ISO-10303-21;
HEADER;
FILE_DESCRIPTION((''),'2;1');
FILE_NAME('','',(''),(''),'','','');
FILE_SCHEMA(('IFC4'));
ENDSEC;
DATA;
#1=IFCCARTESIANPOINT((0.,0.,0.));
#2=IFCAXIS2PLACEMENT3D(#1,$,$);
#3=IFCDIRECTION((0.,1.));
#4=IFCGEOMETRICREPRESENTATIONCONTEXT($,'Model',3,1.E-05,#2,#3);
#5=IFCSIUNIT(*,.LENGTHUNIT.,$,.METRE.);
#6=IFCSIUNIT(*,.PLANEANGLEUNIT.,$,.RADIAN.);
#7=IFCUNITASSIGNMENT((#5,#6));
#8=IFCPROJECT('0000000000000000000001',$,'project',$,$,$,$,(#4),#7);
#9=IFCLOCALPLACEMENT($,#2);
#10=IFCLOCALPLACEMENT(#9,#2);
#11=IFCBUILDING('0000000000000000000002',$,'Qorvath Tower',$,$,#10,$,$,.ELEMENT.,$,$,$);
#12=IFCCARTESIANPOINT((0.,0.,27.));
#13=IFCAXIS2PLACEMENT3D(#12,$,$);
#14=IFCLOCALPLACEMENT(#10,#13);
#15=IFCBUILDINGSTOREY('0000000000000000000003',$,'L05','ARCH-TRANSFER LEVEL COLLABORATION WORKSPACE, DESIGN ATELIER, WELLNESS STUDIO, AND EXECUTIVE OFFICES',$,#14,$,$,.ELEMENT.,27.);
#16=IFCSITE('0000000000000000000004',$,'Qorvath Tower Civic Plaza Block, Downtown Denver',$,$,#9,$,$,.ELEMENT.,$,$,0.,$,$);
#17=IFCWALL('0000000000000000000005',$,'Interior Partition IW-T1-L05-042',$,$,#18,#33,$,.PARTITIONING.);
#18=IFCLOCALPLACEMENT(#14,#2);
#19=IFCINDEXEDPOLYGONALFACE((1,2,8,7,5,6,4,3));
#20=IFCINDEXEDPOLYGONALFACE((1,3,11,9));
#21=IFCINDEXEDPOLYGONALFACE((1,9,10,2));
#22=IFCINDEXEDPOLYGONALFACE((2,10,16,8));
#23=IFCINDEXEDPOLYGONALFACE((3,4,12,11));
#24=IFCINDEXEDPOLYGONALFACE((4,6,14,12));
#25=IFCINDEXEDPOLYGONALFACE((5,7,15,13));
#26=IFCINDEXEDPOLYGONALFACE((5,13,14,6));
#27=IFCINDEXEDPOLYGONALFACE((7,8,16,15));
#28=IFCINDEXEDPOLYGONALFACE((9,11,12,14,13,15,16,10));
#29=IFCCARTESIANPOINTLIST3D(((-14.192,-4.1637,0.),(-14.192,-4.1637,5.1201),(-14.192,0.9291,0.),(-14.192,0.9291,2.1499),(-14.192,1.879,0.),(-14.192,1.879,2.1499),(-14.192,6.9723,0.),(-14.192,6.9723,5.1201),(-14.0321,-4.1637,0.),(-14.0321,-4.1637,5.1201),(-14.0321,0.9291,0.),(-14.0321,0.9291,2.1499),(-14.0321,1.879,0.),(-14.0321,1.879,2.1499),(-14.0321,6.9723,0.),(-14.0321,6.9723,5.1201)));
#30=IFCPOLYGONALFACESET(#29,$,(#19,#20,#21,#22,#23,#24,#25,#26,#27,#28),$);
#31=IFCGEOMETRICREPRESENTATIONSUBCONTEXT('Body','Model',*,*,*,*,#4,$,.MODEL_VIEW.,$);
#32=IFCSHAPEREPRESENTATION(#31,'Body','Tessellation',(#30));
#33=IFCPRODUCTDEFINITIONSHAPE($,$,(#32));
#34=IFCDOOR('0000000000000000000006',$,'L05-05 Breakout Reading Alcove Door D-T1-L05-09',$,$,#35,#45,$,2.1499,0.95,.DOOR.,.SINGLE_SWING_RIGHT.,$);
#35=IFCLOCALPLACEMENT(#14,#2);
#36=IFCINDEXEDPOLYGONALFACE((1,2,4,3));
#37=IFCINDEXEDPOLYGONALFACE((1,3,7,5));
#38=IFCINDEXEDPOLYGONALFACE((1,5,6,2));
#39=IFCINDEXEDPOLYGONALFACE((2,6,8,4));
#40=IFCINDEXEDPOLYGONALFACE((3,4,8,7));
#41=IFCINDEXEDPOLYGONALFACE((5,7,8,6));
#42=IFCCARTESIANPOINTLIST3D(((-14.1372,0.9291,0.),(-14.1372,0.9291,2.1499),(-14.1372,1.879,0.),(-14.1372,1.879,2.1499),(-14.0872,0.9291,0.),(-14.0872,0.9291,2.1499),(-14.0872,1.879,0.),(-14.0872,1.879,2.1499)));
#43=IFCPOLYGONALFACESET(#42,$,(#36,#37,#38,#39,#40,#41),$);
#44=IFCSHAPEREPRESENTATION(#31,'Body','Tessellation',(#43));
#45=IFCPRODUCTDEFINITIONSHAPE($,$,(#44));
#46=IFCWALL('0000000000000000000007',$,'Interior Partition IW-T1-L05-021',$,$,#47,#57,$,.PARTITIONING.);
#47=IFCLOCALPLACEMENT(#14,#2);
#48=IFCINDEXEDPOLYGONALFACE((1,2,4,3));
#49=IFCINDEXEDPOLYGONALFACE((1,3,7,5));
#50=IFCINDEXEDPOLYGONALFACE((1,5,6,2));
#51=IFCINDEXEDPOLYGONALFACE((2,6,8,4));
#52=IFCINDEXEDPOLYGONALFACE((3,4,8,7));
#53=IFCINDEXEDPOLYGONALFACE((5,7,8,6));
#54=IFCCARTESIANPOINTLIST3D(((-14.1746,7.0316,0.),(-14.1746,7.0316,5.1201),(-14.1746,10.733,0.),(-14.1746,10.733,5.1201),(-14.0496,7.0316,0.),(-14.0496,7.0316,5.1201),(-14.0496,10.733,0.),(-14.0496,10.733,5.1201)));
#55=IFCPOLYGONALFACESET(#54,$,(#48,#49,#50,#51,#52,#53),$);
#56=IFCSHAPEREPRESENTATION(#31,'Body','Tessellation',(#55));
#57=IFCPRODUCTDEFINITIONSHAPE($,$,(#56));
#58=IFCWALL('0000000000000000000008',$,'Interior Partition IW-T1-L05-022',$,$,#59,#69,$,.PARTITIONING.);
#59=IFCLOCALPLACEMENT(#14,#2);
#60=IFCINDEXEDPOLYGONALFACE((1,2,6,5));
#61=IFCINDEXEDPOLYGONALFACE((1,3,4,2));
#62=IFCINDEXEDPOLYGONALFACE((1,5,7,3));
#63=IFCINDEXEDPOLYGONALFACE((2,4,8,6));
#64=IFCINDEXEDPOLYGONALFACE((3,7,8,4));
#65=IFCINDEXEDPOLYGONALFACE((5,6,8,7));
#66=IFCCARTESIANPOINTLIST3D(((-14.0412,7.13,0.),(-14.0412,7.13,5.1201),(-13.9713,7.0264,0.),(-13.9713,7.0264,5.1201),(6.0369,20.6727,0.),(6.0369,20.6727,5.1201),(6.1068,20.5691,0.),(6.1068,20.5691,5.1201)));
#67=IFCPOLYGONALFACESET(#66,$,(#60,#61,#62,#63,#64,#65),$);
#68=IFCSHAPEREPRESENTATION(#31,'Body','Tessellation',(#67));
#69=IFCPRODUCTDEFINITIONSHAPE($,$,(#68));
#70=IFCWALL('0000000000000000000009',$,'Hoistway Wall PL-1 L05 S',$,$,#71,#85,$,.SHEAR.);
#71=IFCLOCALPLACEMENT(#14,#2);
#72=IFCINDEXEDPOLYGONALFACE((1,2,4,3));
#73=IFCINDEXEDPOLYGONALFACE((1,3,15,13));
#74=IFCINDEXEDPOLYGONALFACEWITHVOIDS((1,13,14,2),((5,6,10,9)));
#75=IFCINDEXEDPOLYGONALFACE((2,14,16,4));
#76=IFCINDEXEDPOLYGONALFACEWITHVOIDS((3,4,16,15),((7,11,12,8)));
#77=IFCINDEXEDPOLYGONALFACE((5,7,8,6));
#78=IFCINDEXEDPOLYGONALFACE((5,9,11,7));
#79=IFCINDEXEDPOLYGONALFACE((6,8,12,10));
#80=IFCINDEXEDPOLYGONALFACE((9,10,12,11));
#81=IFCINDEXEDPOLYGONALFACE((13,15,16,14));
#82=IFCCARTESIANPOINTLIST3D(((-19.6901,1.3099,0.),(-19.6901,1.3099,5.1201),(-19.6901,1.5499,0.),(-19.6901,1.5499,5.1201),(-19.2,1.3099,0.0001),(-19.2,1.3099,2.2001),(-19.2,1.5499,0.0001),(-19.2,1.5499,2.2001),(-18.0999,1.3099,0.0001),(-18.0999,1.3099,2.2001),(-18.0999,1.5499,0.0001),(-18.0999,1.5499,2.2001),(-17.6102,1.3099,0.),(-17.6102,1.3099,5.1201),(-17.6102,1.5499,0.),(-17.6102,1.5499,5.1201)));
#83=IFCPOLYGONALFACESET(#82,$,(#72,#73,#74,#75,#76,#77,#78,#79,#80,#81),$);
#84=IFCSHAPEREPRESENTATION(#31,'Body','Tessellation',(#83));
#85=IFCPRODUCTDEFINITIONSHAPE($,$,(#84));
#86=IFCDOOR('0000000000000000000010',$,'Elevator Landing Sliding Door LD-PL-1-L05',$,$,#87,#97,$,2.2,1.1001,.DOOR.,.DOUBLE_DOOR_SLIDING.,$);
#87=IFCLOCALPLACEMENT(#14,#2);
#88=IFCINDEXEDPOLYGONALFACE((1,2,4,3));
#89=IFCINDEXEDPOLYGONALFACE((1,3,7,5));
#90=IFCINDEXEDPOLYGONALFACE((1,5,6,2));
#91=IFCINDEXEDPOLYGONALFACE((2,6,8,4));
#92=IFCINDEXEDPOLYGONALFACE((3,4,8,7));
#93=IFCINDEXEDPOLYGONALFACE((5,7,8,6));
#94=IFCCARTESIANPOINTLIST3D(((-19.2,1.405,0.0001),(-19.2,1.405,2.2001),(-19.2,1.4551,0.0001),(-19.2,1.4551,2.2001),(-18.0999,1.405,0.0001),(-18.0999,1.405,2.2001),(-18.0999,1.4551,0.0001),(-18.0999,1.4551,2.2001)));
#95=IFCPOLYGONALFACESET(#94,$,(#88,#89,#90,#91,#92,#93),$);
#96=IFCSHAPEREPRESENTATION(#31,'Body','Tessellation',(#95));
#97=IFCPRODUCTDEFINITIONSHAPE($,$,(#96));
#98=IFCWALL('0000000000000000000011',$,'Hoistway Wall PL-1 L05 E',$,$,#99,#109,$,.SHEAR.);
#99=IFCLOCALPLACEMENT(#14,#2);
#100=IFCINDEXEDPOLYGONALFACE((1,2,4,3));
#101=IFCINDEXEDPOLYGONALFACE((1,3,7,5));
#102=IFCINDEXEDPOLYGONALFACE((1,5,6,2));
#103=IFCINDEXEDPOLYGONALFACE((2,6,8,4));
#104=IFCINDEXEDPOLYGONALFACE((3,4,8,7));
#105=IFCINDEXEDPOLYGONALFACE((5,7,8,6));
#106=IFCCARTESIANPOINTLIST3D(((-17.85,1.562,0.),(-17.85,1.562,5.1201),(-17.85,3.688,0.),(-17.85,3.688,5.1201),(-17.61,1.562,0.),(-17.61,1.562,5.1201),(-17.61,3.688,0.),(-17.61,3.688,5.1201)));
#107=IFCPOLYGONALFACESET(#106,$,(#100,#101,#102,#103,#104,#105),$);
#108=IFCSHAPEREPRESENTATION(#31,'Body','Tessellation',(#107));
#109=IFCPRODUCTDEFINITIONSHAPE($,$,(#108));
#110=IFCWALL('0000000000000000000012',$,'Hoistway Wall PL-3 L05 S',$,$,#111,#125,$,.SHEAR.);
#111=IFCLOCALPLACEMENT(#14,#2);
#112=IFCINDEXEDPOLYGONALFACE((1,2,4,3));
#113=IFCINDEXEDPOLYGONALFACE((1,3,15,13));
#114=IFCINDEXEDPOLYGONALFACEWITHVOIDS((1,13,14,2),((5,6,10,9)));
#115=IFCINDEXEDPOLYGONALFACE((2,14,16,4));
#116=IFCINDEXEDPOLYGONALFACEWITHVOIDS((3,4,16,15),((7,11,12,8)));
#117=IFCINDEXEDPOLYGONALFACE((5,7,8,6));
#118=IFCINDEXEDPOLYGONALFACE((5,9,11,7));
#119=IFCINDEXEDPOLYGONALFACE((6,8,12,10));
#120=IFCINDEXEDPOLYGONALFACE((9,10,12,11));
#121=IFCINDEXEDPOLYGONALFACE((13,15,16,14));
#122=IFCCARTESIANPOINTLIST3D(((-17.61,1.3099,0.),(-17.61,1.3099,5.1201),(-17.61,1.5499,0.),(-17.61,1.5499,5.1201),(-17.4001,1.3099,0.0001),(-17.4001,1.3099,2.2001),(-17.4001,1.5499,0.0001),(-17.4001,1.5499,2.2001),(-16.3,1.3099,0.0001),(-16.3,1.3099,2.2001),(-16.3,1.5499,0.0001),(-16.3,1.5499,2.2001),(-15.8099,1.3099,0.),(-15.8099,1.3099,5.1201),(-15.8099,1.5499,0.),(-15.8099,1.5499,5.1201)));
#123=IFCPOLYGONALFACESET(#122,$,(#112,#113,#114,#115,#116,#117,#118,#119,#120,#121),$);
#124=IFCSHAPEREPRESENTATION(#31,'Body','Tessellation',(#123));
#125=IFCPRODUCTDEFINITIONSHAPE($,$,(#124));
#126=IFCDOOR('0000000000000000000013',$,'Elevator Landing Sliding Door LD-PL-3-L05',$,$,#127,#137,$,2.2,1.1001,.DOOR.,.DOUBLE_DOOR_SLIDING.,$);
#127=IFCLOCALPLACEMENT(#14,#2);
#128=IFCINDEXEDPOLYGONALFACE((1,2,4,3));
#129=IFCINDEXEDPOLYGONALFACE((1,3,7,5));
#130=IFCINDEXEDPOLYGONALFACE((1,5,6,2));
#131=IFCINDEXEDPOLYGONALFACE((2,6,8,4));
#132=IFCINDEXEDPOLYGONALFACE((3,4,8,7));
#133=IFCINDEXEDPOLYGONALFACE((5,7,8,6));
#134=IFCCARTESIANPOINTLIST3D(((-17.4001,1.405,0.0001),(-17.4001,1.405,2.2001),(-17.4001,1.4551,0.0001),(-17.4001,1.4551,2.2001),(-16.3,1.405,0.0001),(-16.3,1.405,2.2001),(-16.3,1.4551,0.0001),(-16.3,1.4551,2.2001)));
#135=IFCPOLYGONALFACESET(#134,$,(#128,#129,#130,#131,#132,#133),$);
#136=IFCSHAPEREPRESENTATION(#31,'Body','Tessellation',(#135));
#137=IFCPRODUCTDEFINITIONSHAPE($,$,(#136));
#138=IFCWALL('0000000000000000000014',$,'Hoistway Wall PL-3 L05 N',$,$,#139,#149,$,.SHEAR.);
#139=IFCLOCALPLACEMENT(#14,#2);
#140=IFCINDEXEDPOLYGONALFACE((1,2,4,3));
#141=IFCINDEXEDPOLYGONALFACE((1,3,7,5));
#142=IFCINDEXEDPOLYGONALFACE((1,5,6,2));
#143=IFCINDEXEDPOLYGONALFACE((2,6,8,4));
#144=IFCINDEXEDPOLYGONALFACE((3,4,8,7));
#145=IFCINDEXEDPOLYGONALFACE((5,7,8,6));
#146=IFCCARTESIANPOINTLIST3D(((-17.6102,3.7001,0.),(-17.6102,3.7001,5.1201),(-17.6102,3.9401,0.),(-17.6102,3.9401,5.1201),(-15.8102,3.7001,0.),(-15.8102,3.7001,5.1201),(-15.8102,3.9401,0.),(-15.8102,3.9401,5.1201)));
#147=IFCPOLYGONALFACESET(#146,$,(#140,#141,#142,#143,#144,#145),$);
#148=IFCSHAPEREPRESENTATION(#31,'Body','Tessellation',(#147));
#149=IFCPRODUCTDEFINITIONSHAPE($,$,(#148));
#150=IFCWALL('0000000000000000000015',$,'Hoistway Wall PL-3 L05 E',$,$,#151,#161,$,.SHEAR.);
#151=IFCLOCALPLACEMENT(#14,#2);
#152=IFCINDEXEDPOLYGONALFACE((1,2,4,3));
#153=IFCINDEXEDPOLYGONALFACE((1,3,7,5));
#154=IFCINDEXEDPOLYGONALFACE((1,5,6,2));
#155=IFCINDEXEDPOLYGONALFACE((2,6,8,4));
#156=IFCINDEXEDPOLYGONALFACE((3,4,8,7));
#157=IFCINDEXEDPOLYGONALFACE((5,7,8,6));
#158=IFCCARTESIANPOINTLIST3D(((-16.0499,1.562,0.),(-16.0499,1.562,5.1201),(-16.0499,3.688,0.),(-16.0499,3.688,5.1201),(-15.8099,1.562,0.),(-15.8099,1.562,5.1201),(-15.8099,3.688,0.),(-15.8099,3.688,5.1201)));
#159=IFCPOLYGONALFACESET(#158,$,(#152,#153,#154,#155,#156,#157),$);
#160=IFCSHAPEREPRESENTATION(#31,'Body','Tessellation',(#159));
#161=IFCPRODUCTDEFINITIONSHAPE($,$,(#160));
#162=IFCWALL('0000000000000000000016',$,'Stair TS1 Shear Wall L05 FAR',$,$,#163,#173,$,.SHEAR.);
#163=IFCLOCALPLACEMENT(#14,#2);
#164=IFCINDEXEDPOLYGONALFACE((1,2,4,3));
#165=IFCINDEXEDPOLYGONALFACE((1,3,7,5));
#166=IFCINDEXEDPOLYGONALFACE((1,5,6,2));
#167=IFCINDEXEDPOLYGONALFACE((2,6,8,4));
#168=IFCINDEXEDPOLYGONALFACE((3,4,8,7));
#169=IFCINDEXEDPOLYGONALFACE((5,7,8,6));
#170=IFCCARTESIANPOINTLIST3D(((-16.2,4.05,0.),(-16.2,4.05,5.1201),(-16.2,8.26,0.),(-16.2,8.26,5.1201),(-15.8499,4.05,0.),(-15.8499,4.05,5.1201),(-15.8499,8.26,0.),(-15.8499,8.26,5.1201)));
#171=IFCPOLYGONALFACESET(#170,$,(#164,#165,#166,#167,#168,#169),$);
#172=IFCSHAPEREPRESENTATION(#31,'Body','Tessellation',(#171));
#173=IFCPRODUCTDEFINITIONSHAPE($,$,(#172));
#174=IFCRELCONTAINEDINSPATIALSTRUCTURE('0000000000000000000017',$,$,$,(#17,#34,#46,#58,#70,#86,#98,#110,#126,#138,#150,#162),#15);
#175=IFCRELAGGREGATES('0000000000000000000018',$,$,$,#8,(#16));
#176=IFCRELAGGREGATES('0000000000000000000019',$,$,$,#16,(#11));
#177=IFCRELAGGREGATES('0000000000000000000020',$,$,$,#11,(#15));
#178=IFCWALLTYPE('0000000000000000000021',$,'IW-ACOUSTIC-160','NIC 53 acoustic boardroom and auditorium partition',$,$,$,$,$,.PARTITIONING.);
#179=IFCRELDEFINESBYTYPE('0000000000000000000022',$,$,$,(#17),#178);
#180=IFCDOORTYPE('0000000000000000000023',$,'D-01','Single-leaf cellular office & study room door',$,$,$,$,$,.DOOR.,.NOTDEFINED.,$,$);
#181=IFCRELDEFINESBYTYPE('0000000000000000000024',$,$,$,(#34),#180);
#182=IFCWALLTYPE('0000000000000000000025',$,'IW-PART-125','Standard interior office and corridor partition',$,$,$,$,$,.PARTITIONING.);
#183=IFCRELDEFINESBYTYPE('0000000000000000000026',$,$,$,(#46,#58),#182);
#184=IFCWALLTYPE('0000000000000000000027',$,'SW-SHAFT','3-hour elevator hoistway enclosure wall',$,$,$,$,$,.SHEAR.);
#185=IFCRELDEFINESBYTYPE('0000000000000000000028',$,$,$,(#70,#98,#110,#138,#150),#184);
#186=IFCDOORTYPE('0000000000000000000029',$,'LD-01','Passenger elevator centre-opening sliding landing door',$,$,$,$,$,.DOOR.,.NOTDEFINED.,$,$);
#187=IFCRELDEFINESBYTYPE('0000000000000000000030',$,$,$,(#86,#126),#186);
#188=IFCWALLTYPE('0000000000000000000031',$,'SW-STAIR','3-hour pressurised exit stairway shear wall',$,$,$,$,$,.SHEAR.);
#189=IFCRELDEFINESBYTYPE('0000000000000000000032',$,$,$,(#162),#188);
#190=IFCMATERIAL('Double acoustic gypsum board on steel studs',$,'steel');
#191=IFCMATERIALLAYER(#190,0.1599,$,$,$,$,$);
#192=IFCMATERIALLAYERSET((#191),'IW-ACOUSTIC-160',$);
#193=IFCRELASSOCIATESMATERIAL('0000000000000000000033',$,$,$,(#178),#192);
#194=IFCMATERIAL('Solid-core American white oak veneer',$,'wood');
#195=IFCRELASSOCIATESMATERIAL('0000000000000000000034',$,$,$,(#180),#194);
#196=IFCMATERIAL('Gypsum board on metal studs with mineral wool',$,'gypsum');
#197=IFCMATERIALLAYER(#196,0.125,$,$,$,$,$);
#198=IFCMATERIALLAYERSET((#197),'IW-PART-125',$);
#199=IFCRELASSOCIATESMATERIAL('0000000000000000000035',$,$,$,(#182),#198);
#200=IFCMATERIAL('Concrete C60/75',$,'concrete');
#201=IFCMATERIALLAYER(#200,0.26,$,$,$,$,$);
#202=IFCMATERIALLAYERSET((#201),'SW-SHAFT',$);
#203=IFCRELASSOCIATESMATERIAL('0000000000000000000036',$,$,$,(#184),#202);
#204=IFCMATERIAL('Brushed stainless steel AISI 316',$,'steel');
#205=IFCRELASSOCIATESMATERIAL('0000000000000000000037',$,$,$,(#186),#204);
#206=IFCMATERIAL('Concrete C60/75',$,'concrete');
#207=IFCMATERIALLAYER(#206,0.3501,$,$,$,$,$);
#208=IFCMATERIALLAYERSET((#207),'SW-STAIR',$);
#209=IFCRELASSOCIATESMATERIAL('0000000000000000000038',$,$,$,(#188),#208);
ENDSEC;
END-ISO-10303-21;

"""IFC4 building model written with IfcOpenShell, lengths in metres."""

from ifc_helpers import new_model, si_unit, direction, frame, frame_2d, origin, place, context, subcontext, project, spatial, rectangle, extrude, material, layer, layer_set, type_object, element, fill, save


model = new_model("IFC4")

# Units and contexts
model_context = context("Model", 3, precision=1e-05, world=origin(), true_north=direction((0.0, 1.0)))
body_context = subcontext(model_context, "Body", "Model", "MODEL_VIEW")
ifc_project = project(units=[si_unit("LENGTHUNIT", "METRE"), si_unit("PLANEANGLEUNIT", "RADIAN")], contexts=[model_context])

# Site, building, storey
site_placement = place(None, origin())
site = spatial("IfcSite", under=ifc_project, at=site_placement, Name="Qorvath Tower Civic Plaza Block, Downtown Denver", CompositionType="ELEMENT", RefElevation=0.0)
building_placement = place(site_placement, origin())
building = spatial("IfcBuilding", under=site, at=building_placement, Name="Qorvath Tower", CompositionType="ELEMENT")
storey_placement = place(building_placement, frame((0.0, 0.0, 27.0)))
storey = spatial("IfcBuildingStorey", under=building, at=storey_placement, Name="L05", Description="ARCH-TRANSFER LEVEL COLLABORATION WORKSPACE, DESIGN ATELIER, WELLNESS STUDIO, AND EXECUTIVE OFFICES", CompositionType="ELEMENT", Elevation=27.0)

# Wall, opening, door
ifc_material_1 = material(Name="Double acoustic gypsum board on steel studs", Category="steel")
ifc_layer_1 = layer(ifc_material_1, 0.1599)
ifc_layer_set_1 = layer_set([ifc_layer_1], Name="IW-ACOUSTIC-160")
wall_type_1 = type_object("IfcWallType", Name="IW-ACOUSTIC-160", Description="NIC 53 acoustic boardroom and auditorium partition", PredefinedType="PARTITIONING", material=ifc_layer_set_1)
wall_1_placement = place(storey_placement, frame((-14.1121, 6.9722, 0.0), z_axis=(0.0, 0.0, 1.0), x_axis=(0.0, -1.0, 0.0)))
wall_1 = element("IfcWall", 1, at=wall_1_placement, inside=storey, type_object=wall_type_1, Name="Interior Partition IW-T1-L05-042", PredefinedType="PARTITIONING", context=body_context, shape_type="SweptSolid", body=[
    extrude(rectangle(XDim=11.136, YDim=0.1599, at=frame_2d((5.5679, 0.0))), origin(), (0.0, 0.0, 1.0), 5.1201),
])
opening_1_placement = place(wall_1_placement, frame((5.093, 0.0, 0.0)))
opening_1 = element("IfcOpeningElement", 2, at=opening_1_placement, cuts=wall_1, PredefinedType="OPENING", context=body_context, shape_type="SweptSolid", body=[
    extrude(rectangle(XDim=0.95, YDim=2.1499, at=frame_2d((0.4751, 1.075))), frame((0.0, 0.0898, 0.0), z_axis=(0.0, -1.0, 0.0), x_axis=(1.0, 0.0, 0.0)), (0.0, 0.0, 1.0), 0.1799),
])
ifc_material_2 = material(Name="Solid-core American white oak veneer", Category="wood")
door_type_1 = type_object("IfcDoorType", Name="D-01", Description="Single-leaf cellular office & study room door", OperationType="NOTDEFINED", PredefinedType="DOOR", material=ifc_material_2)
door_1_placement = place(opening_1_placement, origin())
door_1 = element("IfcDoor", 3, at=door_1_placement, inside=storey, type_object=door_type_1, Name="L05-05 Breakout Reading Alcove Door D-T1-L05-09", OperationType="SINGLE_SWING_RIGHT", OverallHeight=2.1499, OverallWidth=0.95, PredefinedType="DOOR", context=body_context, shape_type="SweptSolid", body=[
    extrude(rectangle(XDim=0.95, YDim=2.1499, at=frame_2d((0.4751, 1.075))), frame((0.0, 0.0249, 0.0), z_axis=(0.0, -1.0, 0.0), x_axis=(1.0, 0.0, 0.0)), (0.0, 0.0, 1.0), 0.05),
])
fill(opening_1, door_1)

# Walls
ifc_material_3 = material(Name="Gypsum board on metal studs with mineral wool", Category="gypsum")
ifc_layer_2 = layer(ifc_material_3, 0.125)
ifc_layer_set_2 = layer_set([ifc_layer_2], Name="IW-PART-125")
wall_type_2 = type_object("IfcWallType", Name="IW-PART-125", Description="Standard interior office and corridor partition", PredefinedType="PARTITIONING", material=ifc_layer_set_2)
wall_2_placement = place(storey_placement, frame((-14.1121, 7.0317, 0.0), z_axis=(0.0, 0.0, 1.0), x_axis=(0.0, 1.0, 0.0)))
element("IfcWall", 4, at=wall_2_placement, inside=storey, type_object=wall_type_2, Name="Interior Partition IW-T1-L05-021", PredefinedType="PARTITIONING", context=body_context, shape_type="SweptSolid", body=[
    extrude(rectangle(XDim=3.7014, YDim=0.125, at=frame_2d((1.8506, 0.0))), origin(), (0.0, 0.0, 1.0), 5.1201),
])
wall_3_placement = place(storey_placement, frame((-14.0063, 7.0781, 0.0), z_axis=(0.0, 0.0, 1.0), x_axis=(0.82904, 0.559189, 0.0)))
element("IfcWall", 5, at=wall_3_placement, inside=storey, type_object=wall_type_2, Name="Interior Partition IW-T1-L05-022", PredefinedType="PARTITIONING", context=body_context, shape_type="SweptSolid", body=[
    extrude(rectangle(XDim=24.2185, YDim=0.125, at=frame_2d((12.1094, 0.0))), origin(), (0.0, 0.0, 1.0), 5.1201),
])

# Wall, opening, door
ifc_material_4 = material(Name="Concrete C60/75", Category="concrete")
ifc_layer_3 = layer(ifc_material_4, 0.26)
ifc_layer_set_3 = layer_set([ifc_layer_3], Name="SW-SHAFT")
wall_type_3 = type_object("IfcWallType", Name="SW-SHAFT", Description="3-hour elevator hoistway enclosure wall", PredefinedType="SHEAR", material=ifc_layer_set_3)
wall_4_placement = place(storey_placement, frame((-17.6101, 1.4299, 0.0), z_axis=(0.0, 0.0, 1.0), x_axis=(-1.0, 0.0, 0.0)))
wall_4 = element("IfcWall", 6, at=wall_4_placement, inside=storey, type_object=wall_type_3, Name="Hoistway Wall PL-1 L05 S", PredefinedType="SHEAR", context=body_context, shape_type="SweptSolid", body=[
    extrude(rectangle(XDim=2.0798, YDim=0.24, at=frame_2d((1.04, 0.0))), origin(), (0.0, 0.0, 1.0), 5.1201),
])
opening_2_placement = place(wall_4_placement, frame((0.4897, 0.0, 0.0)))
opening_2 = element("IfcOpeningElement", 7, at=opening_2_placement, cuts=wall_4, PredefinedType="OPENING", context=body_context, shape_type="SweptSolid", body=[
    extrude(rectangle(XDim=1.1001, YDim=2.2, at=frame_2d((0.55, 1.1001))), frame((0.0, 0.1299, 0.0), z_axis=(0.0, -1.0, 0.0), x_axis=(1.0, 0.0, 0.0)), (0.0, 0.0, 1.0), 0.26),
])
ifc_material_5 = material(Name="Brushed stainless steel AISI 316", Category="steel")
door_type_2 = type_object("IfcDoorType", Name="LD-01", Description="Passenger elevator centre-opening sliding landing door", OperationType="NOTDEFINED", PredefinedType="DOOR", material=ifc_material_5)
door_2_placement = place(opening_2_placement, origin())
door_2 = element("IfcDoor", 8, at=door_2_placement, inside=storey, type_object=door_type_2, Name="Elevator Landing Sliding Door LD-PL-1-L05", OperationType="DOUBLE_DOOR_SLIDING", OverallHeight=2.2, OverallWidth=1.1001, PredefinedType="DOOR", context=body_context, shape_type="SweptSolid", body=[
    extrude(rectangle(XDim=1.1001, YDim=2.2, at=frame_2d((0.55, 1.1001))), frame((0.0, 0.0249, 0.0), z_axis=(0.0, -1.0, 0.0), x_axis=(1.0, 0.0, 0.0)), (0.0, 0.0, 1.0), 0.05),
])
fill(opening_2, door_2)

# Wall
wall_5_placement = place(storey_placement, frame((-17.73, 3.688, 0.0), z_axis=(0.0, 0.0, 1.0), x_axis=(0.0, -1.0, 0.0)))
element("IfcWall", 9, at=wall_5_placement, inside=storey, type_object=wall_type_3, Name="Hoistway Wall PL-1 L05 E", PredefinedType="SHEAR", context=body_context, shape_type="SweptSolid", body=[
    extrude(rectangle(XDim=2.126, YDim=0.24, at=frame_2d((1.063, 0.0))), origin(), (0.0, 0.0, 1.0), 5.1201),
])

# Wall, opening, door
wall_6_placement = place(storey_placement, frame((-15.8101, 1.4299, 0.0), z_axis=(0.0, 0.0, 1.0), x_axis=(-1.0, 0.0, 0.0)))
wall_6 = element("IfcWall", 10, at=wall_6_placement, inside=storey, type_object=wall_type_3, Name="Hoistway Wall PL-3 L05 S", PredefinedType="SHEAR", context=body_context, shape_type="SweptSolid", body=[
    extrude(rectangle(XDim=1.8, YDim=0.24, at=frame_2d((0.8999, 0.0))), origin(), (0.0, 0.0, 1.0), 5.1201),
])
opening_3_placement = place(wall_6_placement, frame((0.49, 0.0, 0.0)))
opening_3 = element("IfcOpeningElement", 11, at=opening_3_placement, cuts=wall_6, PredefinedType="OPENING", context=body_context, shape_type="SweptSolid", body=[
    extrude(rectangle(XDim=1.1001, YDim=2.2, at=frame_2d((0.55, 1.1001))), frame((0.0, 0.1299, 0.0), z_axis=(0.0, -1.0, 0.0), x_axis=(1.0, 0.0, 0.0)), (0.0, 0.0, 1.0), 0.26),
])
door_3_placement = place(opening_3_placement, origin())
door_3 = element("IfcDoor", 12, at=door_3_placement, inside=storey, type_object=door_type_2, Name="Elevator Landing Sliding Door LD-PL-3-L05", OperationType="DOUBLE_DOOR_SLIDING", OverallHeight=2.2, OverallWidth=1.1001, PredefinedType="DOOR", context=body_context, shape_type="SweptSolid", body=[
    extrude(rectangle(XDim=1.1001, YDim=2.2, at=frame_2d((0.55, 1.1001))), frame((0.0, 0.0249, 0.0), z_axis=(0.0, -1.0, 0.0), x_axis=(1.0, 0.0, 0.0)), (0.0, 0.0, 1.0), 0.05),
])
fill(opening_3, door_3)

# Walls
wall_7_placement = place(storey_placement, frame((-17.6101, 3.8201, 0.0), z_axis=(0.0, 0.0, 1.0), x_axis=(1.0, 0.0, 0.0)))
element("IfcWall", 13, at=wall_7_placement, inside=storey, type_object=wall_type_3, Name="Hoistway Wall PL-3 L05 N", PredefinedType="SHEAR", context=body_context, shape_type="SweptSolid", body=[
    extrude(rectangle(XDim=1.8, YDim=0.24, at=frame_2d((0.8999, 0.0))), origin(), (0.0, 0.0, 1.0), 5.1201),
])
wall_8_placement = place(storey_placement, frame((-15.9299, 3.688, 0.0), z_axis=(0.0, 0.0, 1.0), x_axis=(0.0, -1.0, 0.0)))
element("IfcWall", 14, at=wall_8_placement, inside=storey, type_object=wall_type_3, Name="Hoistway Wall PL-3 L05 E", PredefinedType="SHEAR", context=body_context, shape_type="SweptSolid", body=[
    extrude(rectangle(XDim=2.126, YDim=0.24, at=frame_2d((1.063, 0.0))), origin(), (0.0, 0.0, 1.0), 5.1201),
])
ifc_material_6 = material(Name="Concrete C60/75", Category="concrete")
ifc_layer_4 = layer(ifc_material_6, 0.3501)
ifc_layer_set_4 = layer_set([ifc_layer_4], Name="SW-STAIR")
wall_type_4 = type_object("IfcWallType", Name="SW-STAIR", Description="3-hour pressurised exit stairway shear wall", PredefinedType="SHEAR", material=ifc_layer_set_4)
wall_9_placement = place(storey_placement, frame((-16.0249, 4.05, 0.0), z_axis=(0.0, 0.0, 1.0), x_axis=(0.0, 1.0, 0.0)))
element("IfcWall", 15, at=wall_9_placement, inside=storey, type_object=wall_type_4, Name="Stair TS1 Shear Wall L05 FAR", PredefinedType="SHEAR", context=body_context, shape_type="SweptSolid", body=[
    extrude(rectangle(XDim=4.21, YDim=0.3501, at=frame_2d((2.105, 0.0))), origin(), (0.0, 0.0, 1.0), 5.1201),
])

save(model, "model.ifc")
